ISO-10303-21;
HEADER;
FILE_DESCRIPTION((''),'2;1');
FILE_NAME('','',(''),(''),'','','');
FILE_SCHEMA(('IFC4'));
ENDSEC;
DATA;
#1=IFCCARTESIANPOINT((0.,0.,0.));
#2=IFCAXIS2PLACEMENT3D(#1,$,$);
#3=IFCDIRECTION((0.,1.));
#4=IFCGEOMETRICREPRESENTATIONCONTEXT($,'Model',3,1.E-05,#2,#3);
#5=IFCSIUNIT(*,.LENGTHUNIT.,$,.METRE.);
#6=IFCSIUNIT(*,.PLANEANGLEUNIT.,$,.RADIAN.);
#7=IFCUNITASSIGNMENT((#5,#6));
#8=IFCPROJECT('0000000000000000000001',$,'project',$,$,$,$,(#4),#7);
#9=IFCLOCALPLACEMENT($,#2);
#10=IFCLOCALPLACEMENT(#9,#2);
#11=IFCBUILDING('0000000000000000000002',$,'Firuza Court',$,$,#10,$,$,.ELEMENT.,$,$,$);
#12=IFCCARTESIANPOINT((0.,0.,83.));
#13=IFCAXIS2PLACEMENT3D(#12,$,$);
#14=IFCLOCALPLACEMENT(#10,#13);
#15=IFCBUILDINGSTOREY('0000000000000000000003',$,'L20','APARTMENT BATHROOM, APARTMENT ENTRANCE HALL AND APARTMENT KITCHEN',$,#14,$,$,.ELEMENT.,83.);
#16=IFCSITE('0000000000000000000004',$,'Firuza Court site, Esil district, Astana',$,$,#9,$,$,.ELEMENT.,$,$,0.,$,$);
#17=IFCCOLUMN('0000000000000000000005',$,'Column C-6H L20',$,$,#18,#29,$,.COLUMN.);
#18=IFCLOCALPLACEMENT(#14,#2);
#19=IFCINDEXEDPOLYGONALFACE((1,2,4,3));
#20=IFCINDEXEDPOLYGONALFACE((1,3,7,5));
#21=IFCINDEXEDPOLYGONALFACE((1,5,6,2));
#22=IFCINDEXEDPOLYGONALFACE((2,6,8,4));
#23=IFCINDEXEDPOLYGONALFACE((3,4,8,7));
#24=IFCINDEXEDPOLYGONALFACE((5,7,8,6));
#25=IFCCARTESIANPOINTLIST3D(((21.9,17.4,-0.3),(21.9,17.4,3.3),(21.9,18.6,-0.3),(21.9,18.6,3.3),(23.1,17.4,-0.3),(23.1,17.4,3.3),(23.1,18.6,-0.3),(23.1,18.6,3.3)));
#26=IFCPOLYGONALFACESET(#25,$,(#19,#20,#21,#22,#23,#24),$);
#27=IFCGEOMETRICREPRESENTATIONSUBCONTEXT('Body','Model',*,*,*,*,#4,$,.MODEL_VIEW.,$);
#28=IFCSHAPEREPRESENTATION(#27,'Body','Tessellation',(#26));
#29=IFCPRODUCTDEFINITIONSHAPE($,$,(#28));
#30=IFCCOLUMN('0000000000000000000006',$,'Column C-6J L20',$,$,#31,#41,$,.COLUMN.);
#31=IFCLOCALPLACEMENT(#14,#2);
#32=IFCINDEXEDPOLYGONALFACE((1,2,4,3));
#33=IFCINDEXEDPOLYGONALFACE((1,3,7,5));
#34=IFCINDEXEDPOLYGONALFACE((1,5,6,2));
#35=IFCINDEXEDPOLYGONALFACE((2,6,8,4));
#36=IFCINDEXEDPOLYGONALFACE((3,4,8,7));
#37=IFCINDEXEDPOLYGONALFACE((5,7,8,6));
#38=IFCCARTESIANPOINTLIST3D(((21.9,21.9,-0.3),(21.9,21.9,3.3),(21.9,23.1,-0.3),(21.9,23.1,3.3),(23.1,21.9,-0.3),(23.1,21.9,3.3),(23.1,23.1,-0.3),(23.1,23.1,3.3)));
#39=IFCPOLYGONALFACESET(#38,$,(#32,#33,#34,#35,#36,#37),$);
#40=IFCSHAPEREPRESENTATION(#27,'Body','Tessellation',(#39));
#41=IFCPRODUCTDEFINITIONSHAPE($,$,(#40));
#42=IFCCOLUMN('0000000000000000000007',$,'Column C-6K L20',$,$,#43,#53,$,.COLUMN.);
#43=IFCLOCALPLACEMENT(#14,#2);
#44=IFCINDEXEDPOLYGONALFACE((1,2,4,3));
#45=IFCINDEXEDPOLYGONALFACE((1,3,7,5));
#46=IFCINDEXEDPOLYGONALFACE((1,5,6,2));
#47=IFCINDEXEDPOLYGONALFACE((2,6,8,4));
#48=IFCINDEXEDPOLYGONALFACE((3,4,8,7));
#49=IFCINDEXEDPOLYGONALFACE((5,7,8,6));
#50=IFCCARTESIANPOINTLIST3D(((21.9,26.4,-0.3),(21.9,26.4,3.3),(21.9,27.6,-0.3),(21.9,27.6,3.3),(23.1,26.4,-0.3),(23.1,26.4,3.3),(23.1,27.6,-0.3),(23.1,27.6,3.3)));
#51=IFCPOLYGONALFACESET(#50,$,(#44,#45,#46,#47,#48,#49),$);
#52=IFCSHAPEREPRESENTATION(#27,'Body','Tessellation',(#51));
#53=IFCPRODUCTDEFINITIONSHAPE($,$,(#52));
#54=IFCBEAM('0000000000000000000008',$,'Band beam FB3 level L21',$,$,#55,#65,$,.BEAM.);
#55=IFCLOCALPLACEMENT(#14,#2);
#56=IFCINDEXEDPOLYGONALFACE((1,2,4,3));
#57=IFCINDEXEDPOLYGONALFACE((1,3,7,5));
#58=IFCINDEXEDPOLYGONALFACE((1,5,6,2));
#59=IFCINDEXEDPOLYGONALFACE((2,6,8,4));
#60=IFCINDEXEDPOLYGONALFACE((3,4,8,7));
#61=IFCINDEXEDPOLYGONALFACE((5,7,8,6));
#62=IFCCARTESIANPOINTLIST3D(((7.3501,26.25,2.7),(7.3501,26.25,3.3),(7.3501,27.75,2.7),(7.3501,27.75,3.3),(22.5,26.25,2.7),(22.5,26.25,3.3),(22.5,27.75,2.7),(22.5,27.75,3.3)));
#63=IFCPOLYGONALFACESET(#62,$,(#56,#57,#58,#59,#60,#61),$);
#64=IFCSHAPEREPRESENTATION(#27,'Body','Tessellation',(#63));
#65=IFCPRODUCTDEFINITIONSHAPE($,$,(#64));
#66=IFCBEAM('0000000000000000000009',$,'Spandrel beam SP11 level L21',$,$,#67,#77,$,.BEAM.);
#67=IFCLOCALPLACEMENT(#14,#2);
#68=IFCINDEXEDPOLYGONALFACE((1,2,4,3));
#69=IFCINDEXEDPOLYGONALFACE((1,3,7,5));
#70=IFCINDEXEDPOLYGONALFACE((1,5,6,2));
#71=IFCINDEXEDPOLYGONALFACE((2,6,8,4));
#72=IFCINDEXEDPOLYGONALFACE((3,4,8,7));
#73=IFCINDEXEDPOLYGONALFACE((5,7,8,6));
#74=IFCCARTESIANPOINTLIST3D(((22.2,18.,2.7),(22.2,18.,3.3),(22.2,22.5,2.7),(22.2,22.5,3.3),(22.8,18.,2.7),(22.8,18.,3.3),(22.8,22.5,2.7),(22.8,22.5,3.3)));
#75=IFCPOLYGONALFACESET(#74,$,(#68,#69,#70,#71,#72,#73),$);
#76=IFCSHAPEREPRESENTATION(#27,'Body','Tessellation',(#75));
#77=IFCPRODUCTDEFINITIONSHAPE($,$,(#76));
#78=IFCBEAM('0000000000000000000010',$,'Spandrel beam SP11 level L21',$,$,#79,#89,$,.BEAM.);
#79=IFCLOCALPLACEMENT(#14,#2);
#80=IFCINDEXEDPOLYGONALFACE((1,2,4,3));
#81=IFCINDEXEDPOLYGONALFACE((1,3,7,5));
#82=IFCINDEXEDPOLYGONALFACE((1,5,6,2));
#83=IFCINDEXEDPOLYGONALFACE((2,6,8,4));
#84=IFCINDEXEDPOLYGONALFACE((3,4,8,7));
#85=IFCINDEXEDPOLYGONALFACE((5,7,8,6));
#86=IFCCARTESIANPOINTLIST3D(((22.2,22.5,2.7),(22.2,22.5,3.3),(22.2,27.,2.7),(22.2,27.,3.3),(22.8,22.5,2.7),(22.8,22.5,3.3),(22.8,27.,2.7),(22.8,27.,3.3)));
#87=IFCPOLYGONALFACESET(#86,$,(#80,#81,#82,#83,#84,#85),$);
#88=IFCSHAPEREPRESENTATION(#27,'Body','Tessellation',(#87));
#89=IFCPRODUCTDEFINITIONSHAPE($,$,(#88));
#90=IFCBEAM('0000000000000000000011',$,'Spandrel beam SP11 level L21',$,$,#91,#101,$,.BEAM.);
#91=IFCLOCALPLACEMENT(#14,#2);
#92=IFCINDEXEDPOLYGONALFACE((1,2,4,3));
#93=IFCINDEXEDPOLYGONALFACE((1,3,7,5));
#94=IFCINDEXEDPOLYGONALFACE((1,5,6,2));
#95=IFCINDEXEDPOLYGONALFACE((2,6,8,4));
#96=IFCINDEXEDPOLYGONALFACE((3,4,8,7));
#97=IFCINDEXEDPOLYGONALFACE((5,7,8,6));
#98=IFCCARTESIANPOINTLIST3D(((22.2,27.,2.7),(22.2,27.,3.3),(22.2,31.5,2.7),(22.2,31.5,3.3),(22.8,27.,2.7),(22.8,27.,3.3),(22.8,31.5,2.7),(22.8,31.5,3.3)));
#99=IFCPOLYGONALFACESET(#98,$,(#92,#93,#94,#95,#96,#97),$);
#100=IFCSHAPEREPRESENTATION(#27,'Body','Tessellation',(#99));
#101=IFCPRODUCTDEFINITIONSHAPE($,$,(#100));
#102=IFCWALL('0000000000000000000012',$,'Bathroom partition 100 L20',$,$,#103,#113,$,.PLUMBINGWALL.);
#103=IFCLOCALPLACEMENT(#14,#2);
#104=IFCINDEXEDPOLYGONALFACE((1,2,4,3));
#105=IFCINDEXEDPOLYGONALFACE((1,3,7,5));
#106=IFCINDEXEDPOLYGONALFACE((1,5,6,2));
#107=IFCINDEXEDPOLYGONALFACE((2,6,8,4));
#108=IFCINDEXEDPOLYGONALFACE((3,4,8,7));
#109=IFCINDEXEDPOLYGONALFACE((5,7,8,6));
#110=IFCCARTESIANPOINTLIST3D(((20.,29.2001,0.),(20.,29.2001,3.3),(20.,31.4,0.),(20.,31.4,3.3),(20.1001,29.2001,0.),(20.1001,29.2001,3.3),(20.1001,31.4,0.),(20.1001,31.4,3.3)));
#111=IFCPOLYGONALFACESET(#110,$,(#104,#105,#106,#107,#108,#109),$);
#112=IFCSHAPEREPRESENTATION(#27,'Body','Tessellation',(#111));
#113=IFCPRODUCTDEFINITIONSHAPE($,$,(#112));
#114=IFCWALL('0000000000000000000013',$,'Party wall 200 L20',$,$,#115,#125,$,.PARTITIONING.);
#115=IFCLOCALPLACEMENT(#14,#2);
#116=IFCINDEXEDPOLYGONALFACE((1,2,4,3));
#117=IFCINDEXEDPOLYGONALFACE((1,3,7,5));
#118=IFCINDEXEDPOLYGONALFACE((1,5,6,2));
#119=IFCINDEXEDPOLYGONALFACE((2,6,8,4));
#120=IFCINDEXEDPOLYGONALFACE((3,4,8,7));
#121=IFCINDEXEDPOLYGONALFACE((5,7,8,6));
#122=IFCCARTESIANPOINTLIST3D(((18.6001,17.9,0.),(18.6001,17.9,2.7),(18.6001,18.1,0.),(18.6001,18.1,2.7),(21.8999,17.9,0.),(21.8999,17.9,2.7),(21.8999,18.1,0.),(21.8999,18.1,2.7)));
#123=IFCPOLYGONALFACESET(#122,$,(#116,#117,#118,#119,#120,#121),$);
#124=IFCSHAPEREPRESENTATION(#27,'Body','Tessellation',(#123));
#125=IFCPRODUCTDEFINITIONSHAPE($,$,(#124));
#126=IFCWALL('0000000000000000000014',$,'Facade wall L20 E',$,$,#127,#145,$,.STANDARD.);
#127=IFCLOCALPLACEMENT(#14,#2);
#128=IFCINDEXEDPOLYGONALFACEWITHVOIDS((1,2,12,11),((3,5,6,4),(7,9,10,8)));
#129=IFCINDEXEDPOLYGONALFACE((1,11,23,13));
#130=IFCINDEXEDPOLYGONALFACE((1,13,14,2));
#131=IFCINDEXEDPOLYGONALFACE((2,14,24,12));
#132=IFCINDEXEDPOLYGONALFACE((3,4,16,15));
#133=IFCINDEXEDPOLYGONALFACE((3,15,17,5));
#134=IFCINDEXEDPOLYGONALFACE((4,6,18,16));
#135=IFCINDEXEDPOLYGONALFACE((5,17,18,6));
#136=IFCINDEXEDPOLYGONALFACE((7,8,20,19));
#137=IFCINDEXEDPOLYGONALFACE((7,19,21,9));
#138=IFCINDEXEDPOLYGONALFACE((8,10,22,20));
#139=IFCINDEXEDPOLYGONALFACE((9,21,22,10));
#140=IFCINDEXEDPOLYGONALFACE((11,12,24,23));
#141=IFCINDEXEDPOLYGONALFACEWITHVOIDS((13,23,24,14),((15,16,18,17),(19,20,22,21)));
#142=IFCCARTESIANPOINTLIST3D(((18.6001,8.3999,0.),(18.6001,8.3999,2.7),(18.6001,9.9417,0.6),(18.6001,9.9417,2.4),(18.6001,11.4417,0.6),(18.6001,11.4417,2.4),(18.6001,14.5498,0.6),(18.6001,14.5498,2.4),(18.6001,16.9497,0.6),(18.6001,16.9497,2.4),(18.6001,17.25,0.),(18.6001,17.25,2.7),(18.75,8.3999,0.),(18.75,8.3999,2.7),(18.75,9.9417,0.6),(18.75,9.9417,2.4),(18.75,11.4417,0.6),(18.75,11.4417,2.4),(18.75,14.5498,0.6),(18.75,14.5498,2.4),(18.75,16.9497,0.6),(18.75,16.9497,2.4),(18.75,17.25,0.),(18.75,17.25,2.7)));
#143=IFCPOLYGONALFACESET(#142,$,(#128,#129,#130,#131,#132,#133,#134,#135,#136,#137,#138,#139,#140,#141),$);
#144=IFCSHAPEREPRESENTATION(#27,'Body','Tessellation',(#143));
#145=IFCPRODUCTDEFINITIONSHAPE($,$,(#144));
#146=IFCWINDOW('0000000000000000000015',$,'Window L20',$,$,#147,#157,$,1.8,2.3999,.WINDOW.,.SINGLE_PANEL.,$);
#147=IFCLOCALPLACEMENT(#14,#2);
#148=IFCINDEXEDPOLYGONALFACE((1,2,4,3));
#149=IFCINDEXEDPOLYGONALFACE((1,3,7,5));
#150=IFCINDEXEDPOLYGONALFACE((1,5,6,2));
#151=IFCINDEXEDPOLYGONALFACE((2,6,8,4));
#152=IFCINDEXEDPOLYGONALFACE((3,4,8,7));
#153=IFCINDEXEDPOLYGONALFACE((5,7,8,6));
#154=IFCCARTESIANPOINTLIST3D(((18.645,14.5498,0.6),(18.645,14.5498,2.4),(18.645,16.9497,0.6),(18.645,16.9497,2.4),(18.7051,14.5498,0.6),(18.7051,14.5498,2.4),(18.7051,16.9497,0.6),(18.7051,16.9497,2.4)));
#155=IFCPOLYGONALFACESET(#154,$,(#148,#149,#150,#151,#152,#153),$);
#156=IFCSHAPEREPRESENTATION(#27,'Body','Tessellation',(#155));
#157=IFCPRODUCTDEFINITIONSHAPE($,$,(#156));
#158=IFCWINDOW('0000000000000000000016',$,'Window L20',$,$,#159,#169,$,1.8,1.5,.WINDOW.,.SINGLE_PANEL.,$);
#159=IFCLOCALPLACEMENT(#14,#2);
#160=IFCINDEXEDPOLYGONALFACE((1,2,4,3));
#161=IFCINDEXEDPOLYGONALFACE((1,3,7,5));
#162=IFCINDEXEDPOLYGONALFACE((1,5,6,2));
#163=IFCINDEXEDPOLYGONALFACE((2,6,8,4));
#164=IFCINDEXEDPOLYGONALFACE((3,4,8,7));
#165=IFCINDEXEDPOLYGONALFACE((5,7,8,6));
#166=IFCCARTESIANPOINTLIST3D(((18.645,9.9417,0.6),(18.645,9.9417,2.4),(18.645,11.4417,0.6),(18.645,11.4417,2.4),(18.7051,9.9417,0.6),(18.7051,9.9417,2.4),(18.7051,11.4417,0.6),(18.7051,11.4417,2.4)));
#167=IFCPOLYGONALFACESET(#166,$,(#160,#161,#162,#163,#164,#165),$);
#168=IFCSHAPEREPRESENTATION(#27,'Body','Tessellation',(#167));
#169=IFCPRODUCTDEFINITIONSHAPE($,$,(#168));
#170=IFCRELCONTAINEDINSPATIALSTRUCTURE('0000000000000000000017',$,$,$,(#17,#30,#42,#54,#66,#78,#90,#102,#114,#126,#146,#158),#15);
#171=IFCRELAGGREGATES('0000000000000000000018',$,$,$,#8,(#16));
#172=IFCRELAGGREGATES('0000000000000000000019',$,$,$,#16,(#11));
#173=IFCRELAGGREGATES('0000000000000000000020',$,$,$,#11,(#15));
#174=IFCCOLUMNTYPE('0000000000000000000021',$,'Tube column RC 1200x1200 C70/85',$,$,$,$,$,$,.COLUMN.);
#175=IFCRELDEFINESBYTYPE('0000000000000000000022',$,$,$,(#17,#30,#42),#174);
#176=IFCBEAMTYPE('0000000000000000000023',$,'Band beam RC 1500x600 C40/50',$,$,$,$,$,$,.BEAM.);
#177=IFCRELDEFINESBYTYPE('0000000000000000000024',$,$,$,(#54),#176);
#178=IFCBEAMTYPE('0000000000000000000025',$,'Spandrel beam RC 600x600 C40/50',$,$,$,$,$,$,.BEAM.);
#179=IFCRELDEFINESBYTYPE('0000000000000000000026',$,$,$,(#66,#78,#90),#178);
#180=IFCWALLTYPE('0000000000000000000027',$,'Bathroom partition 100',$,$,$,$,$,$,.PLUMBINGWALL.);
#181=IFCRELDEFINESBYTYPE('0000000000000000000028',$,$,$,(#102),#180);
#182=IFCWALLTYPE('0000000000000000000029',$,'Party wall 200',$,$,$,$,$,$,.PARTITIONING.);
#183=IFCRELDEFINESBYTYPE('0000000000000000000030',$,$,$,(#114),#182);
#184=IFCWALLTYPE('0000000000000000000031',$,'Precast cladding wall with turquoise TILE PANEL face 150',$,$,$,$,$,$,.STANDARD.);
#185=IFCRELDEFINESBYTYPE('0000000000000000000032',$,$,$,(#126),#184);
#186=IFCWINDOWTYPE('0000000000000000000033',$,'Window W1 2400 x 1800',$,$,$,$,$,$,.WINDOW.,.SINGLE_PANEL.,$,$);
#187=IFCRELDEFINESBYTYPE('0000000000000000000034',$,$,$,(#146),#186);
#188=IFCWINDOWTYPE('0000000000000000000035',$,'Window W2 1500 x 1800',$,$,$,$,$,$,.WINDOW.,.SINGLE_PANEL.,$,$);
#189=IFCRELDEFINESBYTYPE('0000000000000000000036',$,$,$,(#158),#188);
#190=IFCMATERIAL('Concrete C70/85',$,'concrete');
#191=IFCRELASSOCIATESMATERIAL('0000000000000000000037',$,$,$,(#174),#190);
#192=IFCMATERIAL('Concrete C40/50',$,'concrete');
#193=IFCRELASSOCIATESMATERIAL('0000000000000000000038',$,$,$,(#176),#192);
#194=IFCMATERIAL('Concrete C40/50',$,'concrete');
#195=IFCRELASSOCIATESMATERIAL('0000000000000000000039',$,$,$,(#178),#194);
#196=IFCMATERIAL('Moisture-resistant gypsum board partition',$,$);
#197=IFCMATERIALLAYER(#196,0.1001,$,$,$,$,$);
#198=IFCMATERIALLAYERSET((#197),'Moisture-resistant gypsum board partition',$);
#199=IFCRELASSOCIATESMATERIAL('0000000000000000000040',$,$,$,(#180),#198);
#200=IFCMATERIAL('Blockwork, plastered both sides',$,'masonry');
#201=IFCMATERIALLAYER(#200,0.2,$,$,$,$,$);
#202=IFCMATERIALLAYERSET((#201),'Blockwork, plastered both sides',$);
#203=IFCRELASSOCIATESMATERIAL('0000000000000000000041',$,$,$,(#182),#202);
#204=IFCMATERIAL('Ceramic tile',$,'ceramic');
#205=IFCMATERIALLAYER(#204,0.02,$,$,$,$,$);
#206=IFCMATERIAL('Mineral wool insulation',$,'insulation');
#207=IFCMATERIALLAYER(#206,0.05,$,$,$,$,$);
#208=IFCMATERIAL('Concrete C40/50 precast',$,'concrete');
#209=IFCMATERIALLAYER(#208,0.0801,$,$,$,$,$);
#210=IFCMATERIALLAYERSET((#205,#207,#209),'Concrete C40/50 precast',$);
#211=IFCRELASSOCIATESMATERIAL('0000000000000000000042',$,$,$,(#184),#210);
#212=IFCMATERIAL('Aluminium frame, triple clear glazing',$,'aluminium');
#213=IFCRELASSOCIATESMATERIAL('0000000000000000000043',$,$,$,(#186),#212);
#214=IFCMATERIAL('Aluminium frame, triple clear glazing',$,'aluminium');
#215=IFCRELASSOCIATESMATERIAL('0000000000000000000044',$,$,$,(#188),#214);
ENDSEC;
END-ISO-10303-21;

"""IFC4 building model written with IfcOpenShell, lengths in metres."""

from ifc_helpers import new_model, si_unit, direction, frame, frame_2d, origin, origin_2d, place, context, subcontext, project, spatial, rectangle, extrude, material, layer, layer_set, material_profile, profile_set, type_object, element, fill, save


model = new_model("IFC4")

# Units and contexts
model_context = context("Model", 3, precision=1e-05, world=origin(), true_north=direction((0.0, 1.0)))
body_context = subcontext(model_context, "Body", "Model", "MODEL_VIEW")
ifc_project = project(units=[si_unit("LENGTHUNIT", "METRE"), si_unit("PLANEANGLEUNIT", "RADIAN")], contexts=[model_context])

# Site, building, storey
site_placement = place(None, origin())
site = spatial("IfcSite", under=ifc_project, at=site_placement, Name="Firuza Court site, Esil district, Astana", CompositionType="ELEMENT", RefElevation=0.0)
building_placement = place(site_placement, origin())
building = spatial("IfcBuilding", under=site, at=building_placement, Name="Firuza Court", CompositionType="ELEMENT")
storey_placement = place(building_placement, frame((0.0, 0.0, 83.0)))
storey = spatial("IfcBuildingStorey", under=building, at=storey_placement, Name="L20", Description="APARTMENT BATHROOM, APARTMENT ENTRANCE HALL AND APARTMENT KITCHEN", CompositionType="ELEMENT", Elevation=83.0)

# Columns
ifc_material_1 = material(Name="Concrete C70/85", Category="concrete")
ifc_material_profile_1 = material_profile(ifc_material_1, rectangle(XDim=1.2, YDim=1.2, at=origin_2d()), Name="RC 1200x1200")
ifc_profile_set_1 = profile_set([ifc_material_profile_1], Name="Concrete C70/85")
column_type = type_object("IfcColumnType", Name="Tube column RC 1200x1200 C70/85", PredefinedType="COLUMN", material=ifc_profile_set_1)
for number, where, z_axis, x_axis, name in (
    (1, (22.5, 18.0, -0.3), (0.0, 0.0, 1.0), (1.0, 0.0, 0.0), "Column C-6H L20"),
    (2, (22.5, 22.5, -0.3), (0.0, 0.0, 1.0), (1.0, 0.0, 0.0), "Column C-6J L20"),
    (3, (22.5, 27.0, -0.3), (0.0, 0.0, 1.0), (1.0, 0.0, 0.0), "Column C-6K L20"),
):
    element("IfcColumn", number, at=place(storey_placement, frame(where, z_axis=z_axis, x_axis=x_axis)), inside=storey, type_object=column_type, Name=name, PredefinedType="COLUMN", context=body_context, shape_type="SweptSolid", body=[
        extrude(rectangle(XDim=1.2, YDim=1.2, at=origin_2d()), origin(), (0.0, 0.0, 1.0), 3.6001),
    ])

# Beams
ifc_material_2 = material(Name="Concrete C40/50", Category="concrete")
ifc_material_profile_2 = material_profile(ifc_material_2, rectangle(XDim=1.5, YDim=0.6001, at=origin_2d()), Name="RC 1500x600")
ifc_profile_set_2 = profile_set([ifc_material_profile_2], Name="Concrete C40/50")
beam_type_1 = type_object("IfcBeamType", Name="Band beam RC 1500x600 C40/50", PredefinedType="BEAM", material=ifc_profile_set_2)
beam_placement = place(storey_placement, frame((22.5, 27.0, 3.0), z_axis=(-1.0, 0.0, 0.0), x_axis=(0.0, -1.0, 0.0)))
element("IfcBeam", 4, at=beam_placement, inside=storey, type_object=beam_type_1, Name="Band beam FB3 level L21", PredefinedType="BEAM", context=body_context, shape_type="SweptSolid", body=[
    extrude(rectangle(XDim=1.5, YDim=0.6001, at=origin_2d()), origin(), (0.0, 0.0, 1.0), 15.1499),
])
ifc_material_3 = material(Name="Concrete C40/50", Category="concrete")
ifc_material_profile_3 = material_profile(ifc_material_3, rectangle(XDim=0.6001, YDim=0.6001, at=origin_2d()), Name="RC 600x600")
ifc_profile_set_3 = profile_set([ifc_material_profile_3], Name="Concrete C40/50")
beam_type_2 = type_object("IfcBeamType", Name="Spandrel beam RC 600x600 C40/50", PredefinedType="BEAM", material=ifc_profile_set_3)
for number, where, z_axis, x_axis, name in (
    (5, (22.5, 18.0, 3.0), (0.0, 1.0, 0.0), (-1.0, 0.0, 0.0), "Spandrel beam SP11 level L21"),
    (6, (22.5, 22.5, 3.0), (0.0, 1.0, 0.0), (-1.0, 0.0, 0.0), "Spandrel beam SP11 level L21"),
    (7, (22.5, 27.0, 3.0), (0.0, 1.0, 0.0), (-1.0, 0.0, 0.0), "Spandrel beam SP11 level L21"),
):
    element("IfcBeam", number, at=place(storey_placement, frame(where, z_axis=z_axis, x_axis=x_axis)), inside=storey, type_object=beam_type_2, Name=name, PredefinedType="BEAM", context=body_context, shape_type="SweptSolid", body=[
        extrude(rectangle(XDim=0.6001, YDim=0.6001, at=origin_2d()), origin(), (0.0, 0.0, 1.0), 4.5),
    ])

# Walls
ifc_material_4 = material(Name="Moisture-resistant gypsum board partition")
ifc_layer_1 = layer(ifc_material_4, 0.1001)
ifc_layer_set_1 = layer_set([ifc_layer_1], Name="Moisture-resistant gypsum board partition")
wall_type_1 = type_object("IfcWallType", Name="Bathroom partition 100", PredefinedType="PLUMBINGWALL", material=ifc_layer_set_1)
wall_1_placement = place(storey_placement, frame((20.05, 29.2, 0.0), z_axis=(0.0, 0.0, 1.0), x_axis=(0.0, 1.0, 0.0)))
element("IfcWall", 8, at=wall_1_placement, inside=storey, type_object=wall_type_1, Name="Bathroom partition 100 L20", PredefinedType="PLUMBINGWALL", context=body_context, shape_type="SweptSolid", body=[
    extrude(rectangle(XDim=2.2, YDim=0.1001, at=frame_2d((1.1001, 0.0))), origin(), (0.0, 0.0, 1.0), 3.3),
])
ifc_material_5 = material(Name="Blockwork, plastered both sides", Category="masonry")
ifc_layer_2 = layer(ifc_material_5, 0.2)
ifc_layer_set_2 = layer_set([ifc_layer_2], Name="Blockwork, plastered both sides")
wall_type_2 = type_object("IfcWallType", Name="Party wall 200", PredefinedType="PARTITIONING", material=ifc_layer_set_2)
wall_2_placement = place(storey_placement, frame((18.6001, 18.0, 0.0), z_axis=(0.0, 0.0, 1.0), x_axis=(1.0, 0.0, 0.0)))
element("IfcWall", 9, at=wall_2_placement, inside=storey, type_object=wall_type_2, Name="Party wall 200 L20", PredefinedType="PARTITIONING", context=body_context, shape_type="SweptSolid", body=[
    extrude(rectangle(XDim=3.2998, YDim=0.2, at=frame_2d((1.6499, 0.0))), origin(), (0.0, 0.0, 1.0), 2.7),
])

# Wall, openings, windows
ifc_material_6 = material(Name="Ceramic tile", Category="ceramic")
ifc_layer_3 = layer(ifc_material_6, 0.02)
ifc_material_7 = material(Name="Mineral wool insulation", Category="insulation")
ifc_layer_4 = layer(ifc_material_7, 0.05)
ifc_material_8 = material(Name="Concrete C40/50 precast", Category="concrete")
ifc_layer_5 = layer(ifc_material_8, 0.0801)
ifc_layer_set_3 = layer_set([ifc_layer_3, ifc_layer_4, ifc_layer_5], Name="Concrete C40/50 precast")
wall_type_3 = type_object("IfcWallType", Name="Precast cladding wall with turquoise TILE PANEL face 150", PredefinedType="STANDARD", material=ifc_layer_set_3)
wall_3_placement = place(storey_placement, frame((18.675, 8.3999, 0.0), z_axis=(0.0, 0.0, 1.0), x_axis=(0.0, 1.0, 0.0)))
wall_3 = element("IfcWall", 10, at=wall_3_placement, inside=storey, type_object=wall_type_3, Name="Facade wall L20 E", PredefinedType="STANDARD", context=body_context, shape_type="SweptSolid", body=[
    extrude(rectangle(XDim=8.8501, YDim=0.1499, at=frame_2d((4.425, 0.0))), origin(), (0.0, 0.0, 1.0), 2.7),
])
opening_1_placement = place(wall_3_placement, frame((1.5417, 0.0, 0.6001)))
opening_1 = element("IfcOpeningElement", 11, at=opening_1_placement, cuts=wall_3, PredefinedType="OPENING", context=body_context, shape_type="SweptSolid", body=[
    extrude(rectangle(XDim=1.5, YDim=1.8, at=frame_2d((0.75, 0.8999))), frame((0.0, 0.0869, 0.0), z_axis=(0.0, -1.0, 0.0), x_axis=(1.0, 0.0, 0.0)), (0.0, 0.0, 1.0), 0.1738),
])
opening_2_placement = place(wall_3_placement, frame((6.1499, 0.0, 0.6001)))
opening_2 = element("IfcOpeningElement", 12, at=opening_2_placement, cuts=wall_3, PredefinedType="OPENING", context=body_context, shape_type="SweptSolid", body=[
    extrude(rectangle(XDim=2.3999, YDim=1.8, at=frame_2d((1.2, 0.8999))), frame((0.0, 0.0869, 0.0), z_axis=(0.0, -1.0, 0.0), x_axis=(1.0, 0.0, 0.0)), (0.0, 0.0, 1.0), 0.1738),
])
ifc_material_9 = material(Name="Aluminium frame, triple clear glazing", Category="aluminium")
window_type_1 = type_object("IfcWindowType", Name="Window W1 2400 x 1800", PartitioningType="SINGLE_PANEL", PredefinedType="WINDOW", material=ifc_material_9)
window_1_placement = place(opening_2_placement, origin())
window_1 = element("IfcWindow", 13, at=window_1_placement, inside=storey, type_object=window_type_1, Name="Window L20", OverallHeight=1.8, OverallWidth=2.3999, PartitioningType="SINGLE_PANEL", PredefinedType="WINDOW", context=body_context, shape_type="SweptSolid", body=[
    extrude(rectangle(XDim=2.3999, YDim=1.8, at=frame_2d((1.2, 0.8999))), frame((0.0, 0.03, 0.0), z_axis=(0.0, -1.0, 0.0), x_axis=(1.0, 0.0, 0.0)), (0.0, 0.0, 1.0), 0.0601),
])
fill(opening_2, window_1)
ifc_material_10 = material(Name="Aluminium frame, triple clear glazing", Category="aluminium")
window_type_2 = type_object("IfcWindowType", Name="Window W2 1500 x 1800", PartitioningType="SINGLE_PANEL", PredefinedType="WINDOW", material=ifc_material_10)
window_2_placement = place(opening_1_placement, origin())
window_2 = element("IfcWindow", 14, at=window_2_placement, inside=storey, type_object=window_type_2, Name="Window L20", OverallHeight=1.8, OverallWidth=1.5, PartitioningType="SINGLE_PANEL", PredefinedType="WINDOW", context=body_context, shape_type="SweptSolid", body=[
    extrude(rectangle(XDim=1.5, YDim=1.8, at=frame_2d((0.75, 0.8999))), frame((0.0, 0.03, 0.0), z_axis=(0.0, -1.0, 0.0), x_axis=(1.0, 0.0, 0.0)), (0.0, 0.0, 1.0), 0.0601),
])
fill(opening_1, window_2)

save(model, "model.ifc")
